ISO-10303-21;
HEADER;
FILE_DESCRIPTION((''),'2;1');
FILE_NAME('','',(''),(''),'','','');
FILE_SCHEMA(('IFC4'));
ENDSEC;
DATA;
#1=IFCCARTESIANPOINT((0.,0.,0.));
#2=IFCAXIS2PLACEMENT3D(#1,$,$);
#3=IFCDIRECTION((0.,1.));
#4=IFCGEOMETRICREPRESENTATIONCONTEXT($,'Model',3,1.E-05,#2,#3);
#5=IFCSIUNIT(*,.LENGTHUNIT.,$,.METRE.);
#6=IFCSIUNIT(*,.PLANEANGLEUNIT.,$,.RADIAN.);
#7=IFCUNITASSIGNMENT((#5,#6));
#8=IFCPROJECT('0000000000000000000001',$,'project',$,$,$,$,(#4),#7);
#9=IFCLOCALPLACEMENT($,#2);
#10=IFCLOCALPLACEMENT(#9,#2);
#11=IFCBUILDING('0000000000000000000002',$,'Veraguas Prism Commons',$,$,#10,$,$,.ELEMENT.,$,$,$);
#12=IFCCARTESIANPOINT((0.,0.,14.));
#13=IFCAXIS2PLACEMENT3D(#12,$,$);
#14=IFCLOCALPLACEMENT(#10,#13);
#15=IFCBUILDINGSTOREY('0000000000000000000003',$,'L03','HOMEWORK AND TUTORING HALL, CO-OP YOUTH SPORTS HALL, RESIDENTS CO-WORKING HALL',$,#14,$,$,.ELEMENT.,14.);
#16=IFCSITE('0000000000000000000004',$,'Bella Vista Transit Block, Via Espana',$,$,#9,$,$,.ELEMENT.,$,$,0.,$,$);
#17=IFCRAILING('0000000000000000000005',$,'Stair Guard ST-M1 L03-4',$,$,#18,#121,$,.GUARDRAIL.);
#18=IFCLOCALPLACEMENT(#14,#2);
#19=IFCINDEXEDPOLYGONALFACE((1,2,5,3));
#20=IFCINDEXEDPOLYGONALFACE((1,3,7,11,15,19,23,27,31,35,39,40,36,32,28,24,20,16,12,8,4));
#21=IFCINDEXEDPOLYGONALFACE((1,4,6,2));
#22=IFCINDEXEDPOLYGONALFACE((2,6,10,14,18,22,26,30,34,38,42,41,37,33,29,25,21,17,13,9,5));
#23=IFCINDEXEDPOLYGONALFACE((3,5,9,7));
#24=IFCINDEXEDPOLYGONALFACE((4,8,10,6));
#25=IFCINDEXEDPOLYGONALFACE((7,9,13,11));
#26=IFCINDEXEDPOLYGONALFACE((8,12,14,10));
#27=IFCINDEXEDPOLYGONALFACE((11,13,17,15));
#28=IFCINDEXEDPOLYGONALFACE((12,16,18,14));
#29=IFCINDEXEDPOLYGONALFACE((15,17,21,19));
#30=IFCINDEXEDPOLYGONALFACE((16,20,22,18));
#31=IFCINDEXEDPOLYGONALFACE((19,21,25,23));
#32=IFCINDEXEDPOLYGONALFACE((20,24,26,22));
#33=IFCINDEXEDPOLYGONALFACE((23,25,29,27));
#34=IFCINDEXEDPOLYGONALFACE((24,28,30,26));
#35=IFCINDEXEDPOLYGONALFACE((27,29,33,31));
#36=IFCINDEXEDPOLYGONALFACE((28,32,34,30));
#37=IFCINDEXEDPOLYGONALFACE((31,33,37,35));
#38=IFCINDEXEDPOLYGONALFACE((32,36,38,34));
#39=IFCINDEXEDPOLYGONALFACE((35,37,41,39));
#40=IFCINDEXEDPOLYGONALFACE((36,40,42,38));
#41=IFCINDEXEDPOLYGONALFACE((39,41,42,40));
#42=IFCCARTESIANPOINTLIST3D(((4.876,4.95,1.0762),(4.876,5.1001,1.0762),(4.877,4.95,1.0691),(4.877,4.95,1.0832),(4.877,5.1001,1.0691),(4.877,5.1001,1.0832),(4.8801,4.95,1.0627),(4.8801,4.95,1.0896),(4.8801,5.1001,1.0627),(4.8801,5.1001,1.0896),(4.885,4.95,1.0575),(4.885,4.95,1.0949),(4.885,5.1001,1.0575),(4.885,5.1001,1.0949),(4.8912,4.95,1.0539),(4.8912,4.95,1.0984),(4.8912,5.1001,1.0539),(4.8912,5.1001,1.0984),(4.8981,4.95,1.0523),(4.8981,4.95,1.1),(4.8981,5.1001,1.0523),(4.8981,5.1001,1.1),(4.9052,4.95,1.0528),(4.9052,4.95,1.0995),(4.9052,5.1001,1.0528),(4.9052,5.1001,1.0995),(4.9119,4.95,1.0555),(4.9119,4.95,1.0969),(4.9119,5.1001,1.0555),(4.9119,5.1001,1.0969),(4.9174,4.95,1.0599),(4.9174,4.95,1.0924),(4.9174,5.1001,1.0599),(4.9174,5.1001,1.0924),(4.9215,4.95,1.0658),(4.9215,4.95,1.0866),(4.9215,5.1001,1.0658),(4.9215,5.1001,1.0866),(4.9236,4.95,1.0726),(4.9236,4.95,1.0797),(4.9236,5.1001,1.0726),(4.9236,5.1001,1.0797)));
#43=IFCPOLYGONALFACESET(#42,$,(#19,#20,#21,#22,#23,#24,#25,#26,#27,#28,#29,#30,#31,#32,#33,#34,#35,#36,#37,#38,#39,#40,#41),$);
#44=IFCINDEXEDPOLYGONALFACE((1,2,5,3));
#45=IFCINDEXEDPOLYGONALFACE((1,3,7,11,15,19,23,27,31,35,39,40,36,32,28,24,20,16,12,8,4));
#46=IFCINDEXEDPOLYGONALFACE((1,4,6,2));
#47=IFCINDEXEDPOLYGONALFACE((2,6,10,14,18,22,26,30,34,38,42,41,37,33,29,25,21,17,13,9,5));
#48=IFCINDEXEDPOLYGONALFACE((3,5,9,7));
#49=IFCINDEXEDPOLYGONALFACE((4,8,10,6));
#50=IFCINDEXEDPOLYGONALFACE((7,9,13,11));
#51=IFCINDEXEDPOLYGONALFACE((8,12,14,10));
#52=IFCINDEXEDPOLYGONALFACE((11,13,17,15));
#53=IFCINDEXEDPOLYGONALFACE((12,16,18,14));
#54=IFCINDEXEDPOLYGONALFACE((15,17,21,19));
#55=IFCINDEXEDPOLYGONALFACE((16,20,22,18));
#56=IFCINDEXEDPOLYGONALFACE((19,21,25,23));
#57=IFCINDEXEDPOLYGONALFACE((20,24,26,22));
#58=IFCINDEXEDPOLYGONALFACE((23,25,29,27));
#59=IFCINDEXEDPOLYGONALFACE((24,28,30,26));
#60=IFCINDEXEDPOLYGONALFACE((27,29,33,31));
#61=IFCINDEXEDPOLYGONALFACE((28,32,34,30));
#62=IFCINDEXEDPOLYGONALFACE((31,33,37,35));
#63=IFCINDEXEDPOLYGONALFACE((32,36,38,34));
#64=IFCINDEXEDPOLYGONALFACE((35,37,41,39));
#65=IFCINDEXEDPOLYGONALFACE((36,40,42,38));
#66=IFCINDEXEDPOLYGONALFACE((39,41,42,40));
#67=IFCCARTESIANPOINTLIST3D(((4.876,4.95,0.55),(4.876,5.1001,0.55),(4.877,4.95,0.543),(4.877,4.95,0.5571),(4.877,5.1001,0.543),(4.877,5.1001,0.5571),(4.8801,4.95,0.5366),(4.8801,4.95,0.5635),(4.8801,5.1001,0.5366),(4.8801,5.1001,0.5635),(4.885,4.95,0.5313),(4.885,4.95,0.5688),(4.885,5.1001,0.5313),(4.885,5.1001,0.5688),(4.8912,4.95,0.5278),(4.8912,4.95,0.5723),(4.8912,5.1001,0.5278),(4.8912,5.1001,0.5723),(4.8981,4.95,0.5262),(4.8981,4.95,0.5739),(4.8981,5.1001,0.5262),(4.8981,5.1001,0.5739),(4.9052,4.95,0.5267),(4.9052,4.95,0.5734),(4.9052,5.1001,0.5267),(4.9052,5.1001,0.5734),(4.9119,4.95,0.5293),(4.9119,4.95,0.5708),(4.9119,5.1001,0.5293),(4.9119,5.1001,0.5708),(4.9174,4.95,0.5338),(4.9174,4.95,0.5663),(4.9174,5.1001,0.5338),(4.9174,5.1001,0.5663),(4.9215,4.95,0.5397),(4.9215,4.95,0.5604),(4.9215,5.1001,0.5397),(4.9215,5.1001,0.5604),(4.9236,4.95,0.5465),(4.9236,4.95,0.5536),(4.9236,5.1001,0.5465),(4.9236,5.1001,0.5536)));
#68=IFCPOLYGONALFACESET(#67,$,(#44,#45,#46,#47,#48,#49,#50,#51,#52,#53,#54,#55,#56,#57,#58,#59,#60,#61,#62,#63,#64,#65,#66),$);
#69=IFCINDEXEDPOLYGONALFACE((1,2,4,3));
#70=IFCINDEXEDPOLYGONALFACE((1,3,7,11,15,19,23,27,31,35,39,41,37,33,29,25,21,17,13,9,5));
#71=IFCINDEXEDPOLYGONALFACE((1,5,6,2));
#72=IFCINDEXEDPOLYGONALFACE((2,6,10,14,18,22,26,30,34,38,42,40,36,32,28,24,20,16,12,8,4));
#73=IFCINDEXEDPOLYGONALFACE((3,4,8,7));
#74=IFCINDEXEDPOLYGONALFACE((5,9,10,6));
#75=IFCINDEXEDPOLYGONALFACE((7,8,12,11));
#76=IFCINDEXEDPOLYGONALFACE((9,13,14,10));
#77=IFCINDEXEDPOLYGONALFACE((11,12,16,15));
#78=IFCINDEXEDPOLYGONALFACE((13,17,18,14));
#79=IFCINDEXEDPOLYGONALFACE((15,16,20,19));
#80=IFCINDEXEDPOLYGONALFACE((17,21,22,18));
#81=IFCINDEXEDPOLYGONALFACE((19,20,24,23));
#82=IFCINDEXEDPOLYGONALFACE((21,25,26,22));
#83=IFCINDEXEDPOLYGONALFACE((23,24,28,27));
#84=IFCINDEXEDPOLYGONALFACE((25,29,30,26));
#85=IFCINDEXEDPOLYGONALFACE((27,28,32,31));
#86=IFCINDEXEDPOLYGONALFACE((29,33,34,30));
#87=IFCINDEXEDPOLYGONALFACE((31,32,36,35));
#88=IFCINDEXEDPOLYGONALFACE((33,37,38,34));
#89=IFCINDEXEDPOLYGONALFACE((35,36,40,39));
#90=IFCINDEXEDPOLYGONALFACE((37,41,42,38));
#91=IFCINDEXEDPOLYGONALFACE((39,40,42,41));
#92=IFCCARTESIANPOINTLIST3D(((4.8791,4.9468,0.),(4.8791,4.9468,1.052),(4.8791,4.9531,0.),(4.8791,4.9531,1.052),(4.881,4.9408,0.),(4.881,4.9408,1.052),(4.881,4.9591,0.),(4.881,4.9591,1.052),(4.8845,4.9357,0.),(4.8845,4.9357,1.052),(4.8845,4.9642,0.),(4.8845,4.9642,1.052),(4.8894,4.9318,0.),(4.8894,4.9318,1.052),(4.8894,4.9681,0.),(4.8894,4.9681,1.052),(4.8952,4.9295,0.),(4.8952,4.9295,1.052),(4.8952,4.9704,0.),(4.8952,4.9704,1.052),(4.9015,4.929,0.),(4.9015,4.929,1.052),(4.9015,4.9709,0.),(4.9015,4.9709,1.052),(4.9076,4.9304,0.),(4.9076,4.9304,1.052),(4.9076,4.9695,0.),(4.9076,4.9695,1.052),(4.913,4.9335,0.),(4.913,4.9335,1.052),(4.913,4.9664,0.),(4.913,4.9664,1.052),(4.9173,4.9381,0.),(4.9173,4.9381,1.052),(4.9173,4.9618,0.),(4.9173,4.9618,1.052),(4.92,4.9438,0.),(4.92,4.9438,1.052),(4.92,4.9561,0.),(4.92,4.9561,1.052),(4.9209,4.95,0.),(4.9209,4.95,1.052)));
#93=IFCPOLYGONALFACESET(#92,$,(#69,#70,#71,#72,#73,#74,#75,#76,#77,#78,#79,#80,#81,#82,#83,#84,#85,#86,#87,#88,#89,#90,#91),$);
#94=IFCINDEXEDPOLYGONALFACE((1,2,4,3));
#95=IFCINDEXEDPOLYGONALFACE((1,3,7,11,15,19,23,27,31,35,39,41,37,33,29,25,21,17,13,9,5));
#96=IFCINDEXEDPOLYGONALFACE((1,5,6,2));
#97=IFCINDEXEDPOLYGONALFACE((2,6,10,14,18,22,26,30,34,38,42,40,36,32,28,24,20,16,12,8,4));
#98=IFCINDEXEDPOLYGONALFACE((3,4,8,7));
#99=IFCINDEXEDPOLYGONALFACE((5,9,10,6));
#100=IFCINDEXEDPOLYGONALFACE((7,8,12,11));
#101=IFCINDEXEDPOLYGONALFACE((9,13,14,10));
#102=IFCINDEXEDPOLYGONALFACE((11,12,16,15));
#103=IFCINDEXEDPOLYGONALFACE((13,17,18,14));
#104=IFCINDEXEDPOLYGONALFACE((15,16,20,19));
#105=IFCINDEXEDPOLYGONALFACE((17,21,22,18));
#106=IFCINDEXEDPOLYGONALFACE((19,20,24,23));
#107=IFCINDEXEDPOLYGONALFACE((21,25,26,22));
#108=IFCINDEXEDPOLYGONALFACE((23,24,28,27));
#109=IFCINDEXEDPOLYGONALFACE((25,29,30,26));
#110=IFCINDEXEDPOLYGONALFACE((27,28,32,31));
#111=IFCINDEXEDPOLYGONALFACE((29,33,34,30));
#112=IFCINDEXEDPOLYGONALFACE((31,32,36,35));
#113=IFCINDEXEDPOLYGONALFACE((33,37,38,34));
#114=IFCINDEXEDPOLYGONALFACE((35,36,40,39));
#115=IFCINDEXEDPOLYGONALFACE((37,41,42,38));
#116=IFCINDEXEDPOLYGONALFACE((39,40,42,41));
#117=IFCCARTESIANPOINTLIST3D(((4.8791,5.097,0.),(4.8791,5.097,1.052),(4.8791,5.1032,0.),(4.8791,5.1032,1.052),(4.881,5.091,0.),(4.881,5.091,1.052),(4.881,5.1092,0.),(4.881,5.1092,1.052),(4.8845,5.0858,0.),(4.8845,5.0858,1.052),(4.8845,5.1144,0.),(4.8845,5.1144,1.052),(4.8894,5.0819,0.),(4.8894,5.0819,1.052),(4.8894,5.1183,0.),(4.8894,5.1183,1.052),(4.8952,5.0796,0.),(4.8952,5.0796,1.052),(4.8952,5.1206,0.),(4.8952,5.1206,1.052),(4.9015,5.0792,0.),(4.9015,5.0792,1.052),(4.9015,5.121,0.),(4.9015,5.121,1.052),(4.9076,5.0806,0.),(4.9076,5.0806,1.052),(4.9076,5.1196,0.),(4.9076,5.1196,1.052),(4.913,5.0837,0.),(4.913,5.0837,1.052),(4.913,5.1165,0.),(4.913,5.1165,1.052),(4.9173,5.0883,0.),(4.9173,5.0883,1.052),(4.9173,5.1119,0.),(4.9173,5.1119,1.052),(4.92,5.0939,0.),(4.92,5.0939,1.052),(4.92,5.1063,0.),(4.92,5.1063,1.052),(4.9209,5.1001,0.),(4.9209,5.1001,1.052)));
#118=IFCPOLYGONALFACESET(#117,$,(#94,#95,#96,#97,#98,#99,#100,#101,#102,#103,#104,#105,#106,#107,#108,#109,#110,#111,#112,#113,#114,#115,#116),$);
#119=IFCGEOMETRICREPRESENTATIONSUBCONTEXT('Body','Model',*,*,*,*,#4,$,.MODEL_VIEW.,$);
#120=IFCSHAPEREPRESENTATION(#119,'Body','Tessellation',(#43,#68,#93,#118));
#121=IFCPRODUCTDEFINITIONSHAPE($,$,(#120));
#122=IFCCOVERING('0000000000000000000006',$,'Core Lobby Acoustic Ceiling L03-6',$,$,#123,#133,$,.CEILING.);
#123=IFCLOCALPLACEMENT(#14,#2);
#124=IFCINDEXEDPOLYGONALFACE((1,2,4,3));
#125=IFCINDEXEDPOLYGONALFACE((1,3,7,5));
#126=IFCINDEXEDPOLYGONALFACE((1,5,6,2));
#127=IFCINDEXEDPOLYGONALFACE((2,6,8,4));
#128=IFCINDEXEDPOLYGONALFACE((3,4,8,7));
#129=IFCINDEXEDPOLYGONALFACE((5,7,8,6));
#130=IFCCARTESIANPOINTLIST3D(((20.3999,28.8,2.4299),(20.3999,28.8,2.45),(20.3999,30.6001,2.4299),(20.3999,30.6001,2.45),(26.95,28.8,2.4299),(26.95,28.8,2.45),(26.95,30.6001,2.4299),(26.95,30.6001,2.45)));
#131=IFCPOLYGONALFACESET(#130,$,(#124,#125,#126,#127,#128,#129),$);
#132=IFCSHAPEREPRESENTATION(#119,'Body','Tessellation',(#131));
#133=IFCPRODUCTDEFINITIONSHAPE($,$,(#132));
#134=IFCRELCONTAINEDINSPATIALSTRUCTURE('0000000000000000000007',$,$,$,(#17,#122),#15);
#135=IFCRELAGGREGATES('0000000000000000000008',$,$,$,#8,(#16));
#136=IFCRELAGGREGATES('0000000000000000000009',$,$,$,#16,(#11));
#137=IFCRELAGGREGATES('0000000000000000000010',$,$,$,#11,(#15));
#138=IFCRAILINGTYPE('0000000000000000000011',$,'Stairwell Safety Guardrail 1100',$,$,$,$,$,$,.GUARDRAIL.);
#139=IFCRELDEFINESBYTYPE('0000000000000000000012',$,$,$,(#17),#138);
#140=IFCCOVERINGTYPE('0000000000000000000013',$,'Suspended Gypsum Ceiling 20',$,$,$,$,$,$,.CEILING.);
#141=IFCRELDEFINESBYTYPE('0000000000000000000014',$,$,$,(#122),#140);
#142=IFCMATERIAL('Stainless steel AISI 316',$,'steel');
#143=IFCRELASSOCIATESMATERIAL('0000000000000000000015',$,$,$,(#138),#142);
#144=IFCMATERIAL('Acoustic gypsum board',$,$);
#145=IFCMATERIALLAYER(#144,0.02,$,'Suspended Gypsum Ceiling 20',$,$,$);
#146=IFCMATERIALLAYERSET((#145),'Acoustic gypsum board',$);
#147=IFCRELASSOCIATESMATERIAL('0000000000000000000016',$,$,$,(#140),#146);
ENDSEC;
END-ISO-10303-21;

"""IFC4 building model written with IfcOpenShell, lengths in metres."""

from ifc_helpers import new_model, si_unit, direction, frame, origin, origin_2d, place, context, subcontext, project, spatial, polyline, circle, outline, extrude, material, layer, layer_set, type_object, element, save


model = new_model("IFC4")

# Units and contexts
model_context = context("Model", 3, precision=1e-05, world=origin(), true_north=direction((0.0, 1.0)))
body_context = subcontext(model_context, "Body", "Model", "MODEL_VIEW")
ifc_project = project(units=[si_unit("LENGTHUNIT", "METRE"), si_unit("PLANEANGLEUNIT", "RADIAN")], contexts=[model_context])

# Site, building, storey
site_placement = place(None, origin())
site = spatial("IfcSite", under=ifc_project, at=site_placement, Name="Bella Vista Transit Block, Via Espana", CompositionType="ELEMENT", RefElevation=0.0)
building_placement = place(site_placement, origin())
building = spatial("IfcBuilding", under=site, at=building_placement, Name="Veraguas Prism Commons", CompositionType="ELEMENT")
storey_placement = place(building_placement, frame((0.0, 0.0, 14.0)))
storey = spatial("IfcBuildingStorey", under=building, at=storey_placement, Name="L03", Description="HOMEWORK AND TUTORING HALL, CO-OP YOUTH SPORTS HALL, RESIDENTS CO-WORKING HALL", CompositionType="ELEMENT", Elevation=14.0)

# Railing
ifc_material_1 = material(Name="Stainless steel AISI 316", Category="steel")
railing_type_1 = type_object("IfcRailingType", Name="Stairwell Safety Guardrail 1100", PredefinedType="GUARDRAIL", material=ifc_material_1)
railing_1_placement = place(storey_placement, frame((4.8999, 4.95, 0.0)))
element("IfcRailing", 1, at=railing_1_placement, inside=storey, type_object=railing_type_1, Name="Stair Guard ST-M1 L03-4", PredefinedType="GUARDRAIL", context=body_context, shape_type="SweptSolid", body=[
    extrude(circle(Radius=0.0239, at=origin_2d()), frame((0.0, 0.0, 1.0762), z_axis=(0.0, 1.0, 0.0), x_axis=(-1.0, 0.0, 0.0)), (0.0, 0.0, 1.0), 0.1501),
    extrude(circle(Radius=0.0239, at=origin_2d()), frame((0.0, 0.0, 0.55), z_axis=(0.0, 1.0, 0.0), x_axis=(-1.0, 0.0, 0.0)), (0.0, 0.0, 1.0), 0.1501),
    extrude(circle(Radius=0.021, at=origin_2d()), origin(), (0.0, 0.0, 1.0), 1.052),
    extrude(circle(Radius=0.021, at=origin_2d()), frame((0.0, 0.1501, 0.0)), (0.0, 0.0, 1.0), 1.052),
])

# Covering
ifc_material_2 = material(Name="Acoustic gypsum board")
ifc_layer_1 = layer(ifc_material_2, 0.02, Name="Suspended Gypsum Ceiling 20")
ifc_layer_set_1 = layer_set([ifc_layer_1], Name="Acoustic gypsum board")
covering_type = type_object("IfcCoveringType", Name="Suspended Gypsum Ceiling 20", PredefinedType="CEILING", material=ifc_layer_set_1)
covering_placement = place(storey_placement, frame((0.0, 0.0, 2.4299)))
element("IfcCovering", 2, at=covering_placement, inside=storey, type_object=covering_type, Name="Core Lobby Acoustic Ceiling L03-6", PredefinedType="CEILING", context=body_context, shape_type="SweptSolid", body=[
    extrude(outline(polyline([(20.3999, 28.8), (26.95, 28.8), (26.95, 30.6001), (20.3999, 30.6001), (20.3999, 28.8)])), origin(), (0.0, 0.0, 1.0), 0.02),
])

save(model, "model.ifc")
